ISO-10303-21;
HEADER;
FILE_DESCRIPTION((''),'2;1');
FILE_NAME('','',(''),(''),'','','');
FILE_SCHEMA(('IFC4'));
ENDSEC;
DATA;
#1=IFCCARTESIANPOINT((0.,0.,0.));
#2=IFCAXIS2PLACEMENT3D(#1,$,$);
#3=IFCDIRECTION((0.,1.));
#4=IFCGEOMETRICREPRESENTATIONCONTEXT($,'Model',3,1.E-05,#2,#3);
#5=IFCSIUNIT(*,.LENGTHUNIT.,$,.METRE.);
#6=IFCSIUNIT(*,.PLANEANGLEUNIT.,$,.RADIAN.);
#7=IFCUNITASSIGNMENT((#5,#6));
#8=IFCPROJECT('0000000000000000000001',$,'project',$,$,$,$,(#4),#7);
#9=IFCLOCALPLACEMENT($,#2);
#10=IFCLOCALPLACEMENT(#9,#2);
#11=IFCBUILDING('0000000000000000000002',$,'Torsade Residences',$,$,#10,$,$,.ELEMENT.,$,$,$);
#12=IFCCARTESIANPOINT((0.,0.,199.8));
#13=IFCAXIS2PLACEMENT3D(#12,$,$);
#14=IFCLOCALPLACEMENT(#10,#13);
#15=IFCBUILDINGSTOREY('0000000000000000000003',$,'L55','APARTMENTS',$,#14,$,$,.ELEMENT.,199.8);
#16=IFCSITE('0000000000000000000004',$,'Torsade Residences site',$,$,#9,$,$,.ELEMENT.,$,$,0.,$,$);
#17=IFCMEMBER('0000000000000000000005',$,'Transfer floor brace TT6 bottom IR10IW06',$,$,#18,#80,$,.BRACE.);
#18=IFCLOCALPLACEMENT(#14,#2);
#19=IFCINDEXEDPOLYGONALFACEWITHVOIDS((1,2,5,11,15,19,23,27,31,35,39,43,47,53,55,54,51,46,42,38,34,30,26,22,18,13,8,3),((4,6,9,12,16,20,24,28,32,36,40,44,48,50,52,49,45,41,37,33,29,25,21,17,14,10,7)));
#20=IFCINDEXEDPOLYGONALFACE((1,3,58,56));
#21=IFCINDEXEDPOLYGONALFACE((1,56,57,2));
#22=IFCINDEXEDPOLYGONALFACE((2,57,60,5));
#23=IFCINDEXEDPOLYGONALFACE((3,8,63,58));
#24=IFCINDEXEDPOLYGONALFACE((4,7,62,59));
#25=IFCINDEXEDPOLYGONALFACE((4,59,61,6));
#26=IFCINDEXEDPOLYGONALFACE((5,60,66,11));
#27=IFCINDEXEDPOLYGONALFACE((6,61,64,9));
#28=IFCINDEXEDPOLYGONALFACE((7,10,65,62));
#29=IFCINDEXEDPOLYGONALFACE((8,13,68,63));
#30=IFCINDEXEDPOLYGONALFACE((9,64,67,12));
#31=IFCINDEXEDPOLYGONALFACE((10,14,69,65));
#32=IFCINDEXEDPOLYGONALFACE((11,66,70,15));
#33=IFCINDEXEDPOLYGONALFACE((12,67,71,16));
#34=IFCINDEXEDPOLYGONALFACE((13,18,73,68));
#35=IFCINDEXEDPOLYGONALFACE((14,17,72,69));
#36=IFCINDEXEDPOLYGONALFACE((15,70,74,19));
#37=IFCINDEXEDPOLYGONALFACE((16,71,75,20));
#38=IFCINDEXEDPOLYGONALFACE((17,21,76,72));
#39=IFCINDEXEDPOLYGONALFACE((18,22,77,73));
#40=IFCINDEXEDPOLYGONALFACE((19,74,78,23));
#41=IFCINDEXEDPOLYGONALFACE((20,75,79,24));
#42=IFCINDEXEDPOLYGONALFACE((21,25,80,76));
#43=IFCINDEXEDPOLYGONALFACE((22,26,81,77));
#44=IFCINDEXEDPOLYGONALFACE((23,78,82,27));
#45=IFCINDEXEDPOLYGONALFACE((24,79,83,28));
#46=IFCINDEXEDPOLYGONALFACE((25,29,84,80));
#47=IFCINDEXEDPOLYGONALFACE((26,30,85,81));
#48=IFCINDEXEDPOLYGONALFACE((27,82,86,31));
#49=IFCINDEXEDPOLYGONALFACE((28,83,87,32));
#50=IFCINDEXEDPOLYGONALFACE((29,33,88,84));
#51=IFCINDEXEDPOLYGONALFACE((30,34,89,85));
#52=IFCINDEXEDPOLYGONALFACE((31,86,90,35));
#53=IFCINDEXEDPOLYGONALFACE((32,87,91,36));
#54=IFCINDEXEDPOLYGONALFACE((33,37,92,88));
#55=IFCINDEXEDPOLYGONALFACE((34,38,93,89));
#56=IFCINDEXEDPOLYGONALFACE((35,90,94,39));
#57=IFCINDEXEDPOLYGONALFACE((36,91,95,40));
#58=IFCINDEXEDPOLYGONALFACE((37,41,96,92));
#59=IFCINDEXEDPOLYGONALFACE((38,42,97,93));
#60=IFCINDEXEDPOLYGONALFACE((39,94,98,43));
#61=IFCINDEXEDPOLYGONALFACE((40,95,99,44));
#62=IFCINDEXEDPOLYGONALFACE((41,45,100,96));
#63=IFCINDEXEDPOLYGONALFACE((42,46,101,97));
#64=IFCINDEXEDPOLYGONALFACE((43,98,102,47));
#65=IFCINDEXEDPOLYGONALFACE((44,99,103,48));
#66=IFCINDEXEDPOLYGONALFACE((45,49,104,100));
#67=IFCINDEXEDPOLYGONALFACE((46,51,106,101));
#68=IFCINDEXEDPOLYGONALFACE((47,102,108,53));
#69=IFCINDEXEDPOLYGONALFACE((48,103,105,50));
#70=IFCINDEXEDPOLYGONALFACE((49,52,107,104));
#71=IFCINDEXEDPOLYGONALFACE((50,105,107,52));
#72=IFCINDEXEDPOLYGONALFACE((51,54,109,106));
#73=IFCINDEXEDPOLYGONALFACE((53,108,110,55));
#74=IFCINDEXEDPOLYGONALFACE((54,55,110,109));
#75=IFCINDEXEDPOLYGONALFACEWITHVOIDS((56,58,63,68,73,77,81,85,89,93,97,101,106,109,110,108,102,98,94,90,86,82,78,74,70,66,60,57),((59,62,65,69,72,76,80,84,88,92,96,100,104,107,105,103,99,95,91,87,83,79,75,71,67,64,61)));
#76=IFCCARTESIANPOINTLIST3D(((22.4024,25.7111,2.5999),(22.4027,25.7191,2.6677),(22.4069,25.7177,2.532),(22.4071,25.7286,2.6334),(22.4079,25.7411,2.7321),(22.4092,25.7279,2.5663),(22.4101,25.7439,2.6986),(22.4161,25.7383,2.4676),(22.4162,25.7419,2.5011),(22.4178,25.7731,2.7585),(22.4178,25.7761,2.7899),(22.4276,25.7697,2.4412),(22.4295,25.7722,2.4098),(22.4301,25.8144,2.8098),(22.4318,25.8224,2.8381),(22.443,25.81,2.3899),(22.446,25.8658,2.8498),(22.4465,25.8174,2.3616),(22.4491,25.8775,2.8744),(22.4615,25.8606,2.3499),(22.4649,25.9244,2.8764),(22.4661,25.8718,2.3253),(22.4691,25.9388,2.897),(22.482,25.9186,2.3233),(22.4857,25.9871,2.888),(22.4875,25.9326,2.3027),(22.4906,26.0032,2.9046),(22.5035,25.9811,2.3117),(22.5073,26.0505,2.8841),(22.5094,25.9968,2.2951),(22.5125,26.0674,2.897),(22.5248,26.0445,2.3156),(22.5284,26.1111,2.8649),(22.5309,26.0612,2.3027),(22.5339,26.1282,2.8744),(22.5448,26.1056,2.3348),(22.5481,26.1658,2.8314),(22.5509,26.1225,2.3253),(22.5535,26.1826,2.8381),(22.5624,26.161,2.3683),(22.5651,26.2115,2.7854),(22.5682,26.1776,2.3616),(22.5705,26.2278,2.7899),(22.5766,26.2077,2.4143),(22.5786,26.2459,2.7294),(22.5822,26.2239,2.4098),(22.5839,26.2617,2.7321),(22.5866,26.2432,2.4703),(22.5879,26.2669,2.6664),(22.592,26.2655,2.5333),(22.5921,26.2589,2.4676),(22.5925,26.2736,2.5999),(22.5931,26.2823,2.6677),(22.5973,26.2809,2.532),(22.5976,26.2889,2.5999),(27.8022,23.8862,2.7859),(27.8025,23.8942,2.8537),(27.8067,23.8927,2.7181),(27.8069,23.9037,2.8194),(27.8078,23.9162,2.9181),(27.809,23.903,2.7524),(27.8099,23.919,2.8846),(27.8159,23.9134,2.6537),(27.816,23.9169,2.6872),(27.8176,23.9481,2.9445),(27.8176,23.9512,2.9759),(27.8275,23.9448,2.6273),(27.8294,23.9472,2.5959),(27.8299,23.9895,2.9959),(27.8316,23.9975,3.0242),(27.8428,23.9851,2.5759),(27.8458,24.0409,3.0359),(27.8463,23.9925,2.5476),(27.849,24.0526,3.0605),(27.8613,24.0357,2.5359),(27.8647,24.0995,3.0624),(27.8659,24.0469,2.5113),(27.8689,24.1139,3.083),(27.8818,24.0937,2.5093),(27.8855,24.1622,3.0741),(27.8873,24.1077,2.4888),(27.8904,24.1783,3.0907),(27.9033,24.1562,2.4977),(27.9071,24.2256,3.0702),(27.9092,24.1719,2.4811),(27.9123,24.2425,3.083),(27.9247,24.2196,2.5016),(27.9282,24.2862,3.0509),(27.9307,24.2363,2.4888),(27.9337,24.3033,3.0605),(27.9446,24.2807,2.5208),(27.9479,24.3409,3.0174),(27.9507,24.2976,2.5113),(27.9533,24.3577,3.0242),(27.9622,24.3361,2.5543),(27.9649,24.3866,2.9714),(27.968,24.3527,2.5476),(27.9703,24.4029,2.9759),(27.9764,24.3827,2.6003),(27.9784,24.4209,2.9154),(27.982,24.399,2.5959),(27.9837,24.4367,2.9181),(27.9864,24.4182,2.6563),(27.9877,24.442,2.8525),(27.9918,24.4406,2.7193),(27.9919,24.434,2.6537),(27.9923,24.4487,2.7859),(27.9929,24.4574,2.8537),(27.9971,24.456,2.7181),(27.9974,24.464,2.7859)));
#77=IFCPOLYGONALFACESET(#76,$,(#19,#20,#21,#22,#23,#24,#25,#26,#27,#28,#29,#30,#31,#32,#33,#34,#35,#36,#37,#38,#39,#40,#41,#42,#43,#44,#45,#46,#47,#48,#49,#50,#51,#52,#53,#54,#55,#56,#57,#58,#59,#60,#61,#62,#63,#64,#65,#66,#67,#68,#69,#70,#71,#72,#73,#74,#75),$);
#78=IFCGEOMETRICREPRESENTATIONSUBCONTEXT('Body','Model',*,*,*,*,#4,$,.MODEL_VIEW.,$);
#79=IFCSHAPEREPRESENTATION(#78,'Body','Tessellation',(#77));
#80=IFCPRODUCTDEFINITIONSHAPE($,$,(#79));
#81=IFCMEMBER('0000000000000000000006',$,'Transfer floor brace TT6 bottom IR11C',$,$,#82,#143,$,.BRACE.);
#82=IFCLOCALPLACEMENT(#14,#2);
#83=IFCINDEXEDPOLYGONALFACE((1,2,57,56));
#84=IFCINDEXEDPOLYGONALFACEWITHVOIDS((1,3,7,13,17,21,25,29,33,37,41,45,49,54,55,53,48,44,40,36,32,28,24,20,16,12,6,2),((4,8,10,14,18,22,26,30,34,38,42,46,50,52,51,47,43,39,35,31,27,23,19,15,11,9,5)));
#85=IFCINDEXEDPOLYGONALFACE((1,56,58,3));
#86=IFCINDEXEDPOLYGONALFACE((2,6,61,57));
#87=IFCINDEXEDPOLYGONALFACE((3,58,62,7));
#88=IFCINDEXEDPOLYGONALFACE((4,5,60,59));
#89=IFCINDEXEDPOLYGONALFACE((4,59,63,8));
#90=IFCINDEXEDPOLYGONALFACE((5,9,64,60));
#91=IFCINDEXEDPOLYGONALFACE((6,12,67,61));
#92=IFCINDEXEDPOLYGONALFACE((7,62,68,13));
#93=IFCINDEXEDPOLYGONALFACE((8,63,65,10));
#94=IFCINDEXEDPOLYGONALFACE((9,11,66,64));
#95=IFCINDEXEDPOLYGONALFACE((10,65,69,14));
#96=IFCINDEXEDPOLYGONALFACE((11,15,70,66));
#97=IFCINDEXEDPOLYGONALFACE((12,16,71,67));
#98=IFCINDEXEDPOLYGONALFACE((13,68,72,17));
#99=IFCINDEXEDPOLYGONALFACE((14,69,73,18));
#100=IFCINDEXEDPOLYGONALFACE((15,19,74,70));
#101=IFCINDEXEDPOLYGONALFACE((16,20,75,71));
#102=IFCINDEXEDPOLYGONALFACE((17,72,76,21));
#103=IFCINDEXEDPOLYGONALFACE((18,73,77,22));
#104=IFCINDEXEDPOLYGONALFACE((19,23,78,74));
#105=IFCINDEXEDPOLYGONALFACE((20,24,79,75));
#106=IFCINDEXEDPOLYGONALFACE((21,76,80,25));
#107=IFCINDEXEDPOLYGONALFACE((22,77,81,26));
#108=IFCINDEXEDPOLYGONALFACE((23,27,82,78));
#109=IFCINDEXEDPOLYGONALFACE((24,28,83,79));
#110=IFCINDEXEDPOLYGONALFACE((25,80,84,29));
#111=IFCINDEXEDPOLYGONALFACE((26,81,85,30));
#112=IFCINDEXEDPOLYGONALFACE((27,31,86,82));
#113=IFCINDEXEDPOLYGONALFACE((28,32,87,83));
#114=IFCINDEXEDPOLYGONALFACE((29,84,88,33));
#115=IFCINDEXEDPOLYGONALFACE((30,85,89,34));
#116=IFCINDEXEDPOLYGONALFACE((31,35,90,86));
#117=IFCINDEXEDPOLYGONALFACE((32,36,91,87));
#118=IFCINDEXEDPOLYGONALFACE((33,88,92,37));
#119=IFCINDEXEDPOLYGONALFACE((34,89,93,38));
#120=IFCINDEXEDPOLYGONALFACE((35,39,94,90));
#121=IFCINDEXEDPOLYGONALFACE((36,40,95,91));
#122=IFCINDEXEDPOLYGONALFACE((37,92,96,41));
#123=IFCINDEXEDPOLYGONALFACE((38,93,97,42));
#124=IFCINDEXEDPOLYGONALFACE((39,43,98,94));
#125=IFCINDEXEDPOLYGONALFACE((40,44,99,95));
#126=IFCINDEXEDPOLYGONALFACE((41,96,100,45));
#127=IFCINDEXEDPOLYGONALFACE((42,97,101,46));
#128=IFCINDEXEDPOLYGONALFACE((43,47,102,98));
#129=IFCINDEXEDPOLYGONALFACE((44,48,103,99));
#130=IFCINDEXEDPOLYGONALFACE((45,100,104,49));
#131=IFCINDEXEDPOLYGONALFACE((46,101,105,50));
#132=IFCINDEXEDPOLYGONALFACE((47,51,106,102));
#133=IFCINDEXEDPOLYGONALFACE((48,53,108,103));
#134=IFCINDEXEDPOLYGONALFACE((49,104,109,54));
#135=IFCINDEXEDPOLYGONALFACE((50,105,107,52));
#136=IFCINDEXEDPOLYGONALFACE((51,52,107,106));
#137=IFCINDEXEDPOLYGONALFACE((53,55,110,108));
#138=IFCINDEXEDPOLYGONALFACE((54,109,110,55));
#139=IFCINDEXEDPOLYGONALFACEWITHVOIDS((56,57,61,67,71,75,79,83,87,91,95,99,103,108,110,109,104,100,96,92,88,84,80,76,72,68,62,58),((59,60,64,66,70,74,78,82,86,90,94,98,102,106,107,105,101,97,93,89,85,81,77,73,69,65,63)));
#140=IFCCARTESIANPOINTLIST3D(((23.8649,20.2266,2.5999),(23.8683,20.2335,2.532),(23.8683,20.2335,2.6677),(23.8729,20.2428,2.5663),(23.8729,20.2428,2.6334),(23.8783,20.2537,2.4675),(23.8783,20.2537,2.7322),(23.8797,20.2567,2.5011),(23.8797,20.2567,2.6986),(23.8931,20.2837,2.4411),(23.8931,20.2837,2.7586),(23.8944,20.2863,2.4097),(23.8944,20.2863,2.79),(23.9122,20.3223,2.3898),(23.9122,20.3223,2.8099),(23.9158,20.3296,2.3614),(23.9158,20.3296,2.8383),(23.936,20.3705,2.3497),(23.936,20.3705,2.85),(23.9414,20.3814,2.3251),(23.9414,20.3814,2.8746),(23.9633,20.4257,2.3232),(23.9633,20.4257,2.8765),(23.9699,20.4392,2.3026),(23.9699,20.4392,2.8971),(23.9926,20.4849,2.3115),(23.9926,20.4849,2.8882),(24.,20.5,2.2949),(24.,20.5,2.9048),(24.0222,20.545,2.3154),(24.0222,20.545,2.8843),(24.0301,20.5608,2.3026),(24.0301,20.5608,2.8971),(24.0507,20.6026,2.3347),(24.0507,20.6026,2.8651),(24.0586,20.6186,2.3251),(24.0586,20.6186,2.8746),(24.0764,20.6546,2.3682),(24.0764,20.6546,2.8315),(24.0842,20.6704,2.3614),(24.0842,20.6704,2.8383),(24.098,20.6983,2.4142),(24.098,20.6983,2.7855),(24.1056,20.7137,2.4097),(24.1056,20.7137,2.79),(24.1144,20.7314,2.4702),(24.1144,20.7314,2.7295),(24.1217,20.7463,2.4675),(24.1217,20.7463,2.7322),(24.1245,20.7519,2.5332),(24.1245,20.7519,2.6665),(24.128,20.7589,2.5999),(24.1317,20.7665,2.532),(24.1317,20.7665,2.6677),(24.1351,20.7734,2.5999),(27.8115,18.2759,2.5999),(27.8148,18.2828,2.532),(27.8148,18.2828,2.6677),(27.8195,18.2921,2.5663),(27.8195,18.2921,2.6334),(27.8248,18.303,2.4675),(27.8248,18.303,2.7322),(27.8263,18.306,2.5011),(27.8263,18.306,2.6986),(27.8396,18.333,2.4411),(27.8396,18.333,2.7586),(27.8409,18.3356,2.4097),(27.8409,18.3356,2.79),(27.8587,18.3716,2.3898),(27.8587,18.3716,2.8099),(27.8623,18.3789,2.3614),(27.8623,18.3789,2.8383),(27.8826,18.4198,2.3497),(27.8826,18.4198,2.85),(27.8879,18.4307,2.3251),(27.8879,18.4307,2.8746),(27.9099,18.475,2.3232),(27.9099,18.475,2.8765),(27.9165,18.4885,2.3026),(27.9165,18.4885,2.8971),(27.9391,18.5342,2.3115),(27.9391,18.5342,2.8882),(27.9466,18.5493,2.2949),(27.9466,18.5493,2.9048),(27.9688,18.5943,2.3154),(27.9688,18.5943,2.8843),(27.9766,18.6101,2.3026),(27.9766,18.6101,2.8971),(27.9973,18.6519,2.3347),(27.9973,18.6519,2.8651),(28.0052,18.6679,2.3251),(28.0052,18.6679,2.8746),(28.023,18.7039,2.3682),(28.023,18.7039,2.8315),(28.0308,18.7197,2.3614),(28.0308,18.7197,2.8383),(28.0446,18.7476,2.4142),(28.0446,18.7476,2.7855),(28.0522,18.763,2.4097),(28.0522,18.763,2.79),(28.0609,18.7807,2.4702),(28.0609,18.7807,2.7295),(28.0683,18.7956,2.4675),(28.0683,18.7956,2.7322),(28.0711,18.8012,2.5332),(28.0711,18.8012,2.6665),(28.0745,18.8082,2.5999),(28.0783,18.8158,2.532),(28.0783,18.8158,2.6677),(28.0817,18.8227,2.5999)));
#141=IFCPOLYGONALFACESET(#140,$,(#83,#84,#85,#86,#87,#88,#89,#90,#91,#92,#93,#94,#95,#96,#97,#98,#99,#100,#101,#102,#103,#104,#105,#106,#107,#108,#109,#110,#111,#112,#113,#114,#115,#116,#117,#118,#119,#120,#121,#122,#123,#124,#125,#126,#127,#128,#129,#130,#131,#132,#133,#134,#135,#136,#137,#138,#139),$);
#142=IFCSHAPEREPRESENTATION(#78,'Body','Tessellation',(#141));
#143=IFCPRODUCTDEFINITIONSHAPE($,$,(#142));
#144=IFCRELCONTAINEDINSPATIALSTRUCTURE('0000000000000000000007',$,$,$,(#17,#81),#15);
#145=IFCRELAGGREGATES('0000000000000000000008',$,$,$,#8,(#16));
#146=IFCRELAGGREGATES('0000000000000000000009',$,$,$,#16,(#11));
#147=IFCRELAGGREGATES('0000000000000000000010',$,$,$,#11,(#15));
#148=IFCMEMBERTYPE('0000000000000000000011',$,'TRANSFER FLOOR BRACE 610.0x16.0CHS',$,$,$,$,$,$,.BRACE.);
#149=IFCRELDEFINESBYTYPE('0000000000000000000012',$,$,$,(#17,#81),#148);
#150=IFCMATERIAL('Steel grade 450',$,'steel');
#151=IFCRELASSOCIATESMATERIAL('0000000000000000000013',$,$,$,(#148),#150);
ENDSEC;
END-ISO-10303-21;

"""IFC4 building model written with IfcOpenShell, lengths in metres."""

from ifc_helpers import new_model, si_unit, direction, frame, origin, origin_2d, place, context, subcontext, project, spatial, hollow_circle, extrude, material, material_profile, profile_set, type_object, element, save


model = new_model("IFC4")

# Units and contexts
model_context = context("Model", 3, precision=1e-05, world=origin(), true_north=direction((0.0, 1.0)))
body_context = subcontext(model_context, "Body", "Model", "MODEL_VIEW")
ifc_project = project(units=[si_unit("LENGTHUNIT", "METRE"), si_unit("PLANEANGLEUNIT", "RADIAN")], contexts=[model_context])

# Site, building, storey
site_placement = place(None, origin())
site = spatial("IfcSite", under=ifc_project, at=site_placement, Name="Torsade Residences site", CompositionType="ELEMENT", RefElevation=0.0)
building_placement = place(site_placement, origin())
building = spatial("IfcBuilding", under=site, at=building_placement, Name="Torsade Residences", CompositionType="ELEMENT")
storey_placement = place(building_placement, frame((0.0, 0.0, 199.8)))
storey = spatial("IfcBuildingStorey", under=building, at=storey_placement, Name="L55", Description="APARTMENTS", CompositionType="ELEMENT", Elevation=199.8)

# Members
ifc_material_1 = material(Name="Steel grade 450", Category="steel")
ifc_material_profile_1 = material_profile(ifc_material_1, hollow_circle(Radius=0.3049, WallThickness=0.0161, at=origin_2d()), Name="610.0x16.0CHS")
ifc_profile_set_1 = profile_set([ifc_material_profile_1], Name="Steel grade 450")
member_type_1 = type_object("IfcMemberType", Name="TRANSFER FLOOR BRACE 610.0x16.0CHS", PredefinedType="BRACE", material=ifc_profile_set_1)
member_1_placement = place(storey_placement, frame((22.5, 26.0, 2.5999), z_axis=(0.946856, -0.319999, 0.032621), x_axis=(0.32017, 0.94736, 0.0)))
element("IfcMember", 1, at=member_1_placement, inside=storey, type_object=member_type_1, Name="Transfer floor brace TT6 bottom IR10IW06", PredefinedType="BRACE", context=body_context, shape_type="SweptSolid", body=[
    extrude(hollow_circle(Radius=0.3049, WallThickness=0.0161, at=origin_2d()), origin(), (0.0, 0.0, 1.0), 5.7029),
])
member_2_placement = place(storey_placement, frame((24.0, 20.5, 2.5999), z_axis=(0.89647, -0.443105, 0.0), x_axis=(0.443105, 0.89647, 0.0)))
element("IfcMember", 2, at=member_2_placement, inside=storey, type_object=member_type_1, Name="Transfer floor brace TT6 bottom IR11C", PredefinedType="BRACE", context=body_context, shape_type="SweptSolid", body=[
    extrude(hollow_circle(Radius=0.3049, WallThickness=0.0161, at=origin_2d()), origin(), (0.0, 0.0, 1.0), 4.4023),
])

save(model, "model.ifc")
